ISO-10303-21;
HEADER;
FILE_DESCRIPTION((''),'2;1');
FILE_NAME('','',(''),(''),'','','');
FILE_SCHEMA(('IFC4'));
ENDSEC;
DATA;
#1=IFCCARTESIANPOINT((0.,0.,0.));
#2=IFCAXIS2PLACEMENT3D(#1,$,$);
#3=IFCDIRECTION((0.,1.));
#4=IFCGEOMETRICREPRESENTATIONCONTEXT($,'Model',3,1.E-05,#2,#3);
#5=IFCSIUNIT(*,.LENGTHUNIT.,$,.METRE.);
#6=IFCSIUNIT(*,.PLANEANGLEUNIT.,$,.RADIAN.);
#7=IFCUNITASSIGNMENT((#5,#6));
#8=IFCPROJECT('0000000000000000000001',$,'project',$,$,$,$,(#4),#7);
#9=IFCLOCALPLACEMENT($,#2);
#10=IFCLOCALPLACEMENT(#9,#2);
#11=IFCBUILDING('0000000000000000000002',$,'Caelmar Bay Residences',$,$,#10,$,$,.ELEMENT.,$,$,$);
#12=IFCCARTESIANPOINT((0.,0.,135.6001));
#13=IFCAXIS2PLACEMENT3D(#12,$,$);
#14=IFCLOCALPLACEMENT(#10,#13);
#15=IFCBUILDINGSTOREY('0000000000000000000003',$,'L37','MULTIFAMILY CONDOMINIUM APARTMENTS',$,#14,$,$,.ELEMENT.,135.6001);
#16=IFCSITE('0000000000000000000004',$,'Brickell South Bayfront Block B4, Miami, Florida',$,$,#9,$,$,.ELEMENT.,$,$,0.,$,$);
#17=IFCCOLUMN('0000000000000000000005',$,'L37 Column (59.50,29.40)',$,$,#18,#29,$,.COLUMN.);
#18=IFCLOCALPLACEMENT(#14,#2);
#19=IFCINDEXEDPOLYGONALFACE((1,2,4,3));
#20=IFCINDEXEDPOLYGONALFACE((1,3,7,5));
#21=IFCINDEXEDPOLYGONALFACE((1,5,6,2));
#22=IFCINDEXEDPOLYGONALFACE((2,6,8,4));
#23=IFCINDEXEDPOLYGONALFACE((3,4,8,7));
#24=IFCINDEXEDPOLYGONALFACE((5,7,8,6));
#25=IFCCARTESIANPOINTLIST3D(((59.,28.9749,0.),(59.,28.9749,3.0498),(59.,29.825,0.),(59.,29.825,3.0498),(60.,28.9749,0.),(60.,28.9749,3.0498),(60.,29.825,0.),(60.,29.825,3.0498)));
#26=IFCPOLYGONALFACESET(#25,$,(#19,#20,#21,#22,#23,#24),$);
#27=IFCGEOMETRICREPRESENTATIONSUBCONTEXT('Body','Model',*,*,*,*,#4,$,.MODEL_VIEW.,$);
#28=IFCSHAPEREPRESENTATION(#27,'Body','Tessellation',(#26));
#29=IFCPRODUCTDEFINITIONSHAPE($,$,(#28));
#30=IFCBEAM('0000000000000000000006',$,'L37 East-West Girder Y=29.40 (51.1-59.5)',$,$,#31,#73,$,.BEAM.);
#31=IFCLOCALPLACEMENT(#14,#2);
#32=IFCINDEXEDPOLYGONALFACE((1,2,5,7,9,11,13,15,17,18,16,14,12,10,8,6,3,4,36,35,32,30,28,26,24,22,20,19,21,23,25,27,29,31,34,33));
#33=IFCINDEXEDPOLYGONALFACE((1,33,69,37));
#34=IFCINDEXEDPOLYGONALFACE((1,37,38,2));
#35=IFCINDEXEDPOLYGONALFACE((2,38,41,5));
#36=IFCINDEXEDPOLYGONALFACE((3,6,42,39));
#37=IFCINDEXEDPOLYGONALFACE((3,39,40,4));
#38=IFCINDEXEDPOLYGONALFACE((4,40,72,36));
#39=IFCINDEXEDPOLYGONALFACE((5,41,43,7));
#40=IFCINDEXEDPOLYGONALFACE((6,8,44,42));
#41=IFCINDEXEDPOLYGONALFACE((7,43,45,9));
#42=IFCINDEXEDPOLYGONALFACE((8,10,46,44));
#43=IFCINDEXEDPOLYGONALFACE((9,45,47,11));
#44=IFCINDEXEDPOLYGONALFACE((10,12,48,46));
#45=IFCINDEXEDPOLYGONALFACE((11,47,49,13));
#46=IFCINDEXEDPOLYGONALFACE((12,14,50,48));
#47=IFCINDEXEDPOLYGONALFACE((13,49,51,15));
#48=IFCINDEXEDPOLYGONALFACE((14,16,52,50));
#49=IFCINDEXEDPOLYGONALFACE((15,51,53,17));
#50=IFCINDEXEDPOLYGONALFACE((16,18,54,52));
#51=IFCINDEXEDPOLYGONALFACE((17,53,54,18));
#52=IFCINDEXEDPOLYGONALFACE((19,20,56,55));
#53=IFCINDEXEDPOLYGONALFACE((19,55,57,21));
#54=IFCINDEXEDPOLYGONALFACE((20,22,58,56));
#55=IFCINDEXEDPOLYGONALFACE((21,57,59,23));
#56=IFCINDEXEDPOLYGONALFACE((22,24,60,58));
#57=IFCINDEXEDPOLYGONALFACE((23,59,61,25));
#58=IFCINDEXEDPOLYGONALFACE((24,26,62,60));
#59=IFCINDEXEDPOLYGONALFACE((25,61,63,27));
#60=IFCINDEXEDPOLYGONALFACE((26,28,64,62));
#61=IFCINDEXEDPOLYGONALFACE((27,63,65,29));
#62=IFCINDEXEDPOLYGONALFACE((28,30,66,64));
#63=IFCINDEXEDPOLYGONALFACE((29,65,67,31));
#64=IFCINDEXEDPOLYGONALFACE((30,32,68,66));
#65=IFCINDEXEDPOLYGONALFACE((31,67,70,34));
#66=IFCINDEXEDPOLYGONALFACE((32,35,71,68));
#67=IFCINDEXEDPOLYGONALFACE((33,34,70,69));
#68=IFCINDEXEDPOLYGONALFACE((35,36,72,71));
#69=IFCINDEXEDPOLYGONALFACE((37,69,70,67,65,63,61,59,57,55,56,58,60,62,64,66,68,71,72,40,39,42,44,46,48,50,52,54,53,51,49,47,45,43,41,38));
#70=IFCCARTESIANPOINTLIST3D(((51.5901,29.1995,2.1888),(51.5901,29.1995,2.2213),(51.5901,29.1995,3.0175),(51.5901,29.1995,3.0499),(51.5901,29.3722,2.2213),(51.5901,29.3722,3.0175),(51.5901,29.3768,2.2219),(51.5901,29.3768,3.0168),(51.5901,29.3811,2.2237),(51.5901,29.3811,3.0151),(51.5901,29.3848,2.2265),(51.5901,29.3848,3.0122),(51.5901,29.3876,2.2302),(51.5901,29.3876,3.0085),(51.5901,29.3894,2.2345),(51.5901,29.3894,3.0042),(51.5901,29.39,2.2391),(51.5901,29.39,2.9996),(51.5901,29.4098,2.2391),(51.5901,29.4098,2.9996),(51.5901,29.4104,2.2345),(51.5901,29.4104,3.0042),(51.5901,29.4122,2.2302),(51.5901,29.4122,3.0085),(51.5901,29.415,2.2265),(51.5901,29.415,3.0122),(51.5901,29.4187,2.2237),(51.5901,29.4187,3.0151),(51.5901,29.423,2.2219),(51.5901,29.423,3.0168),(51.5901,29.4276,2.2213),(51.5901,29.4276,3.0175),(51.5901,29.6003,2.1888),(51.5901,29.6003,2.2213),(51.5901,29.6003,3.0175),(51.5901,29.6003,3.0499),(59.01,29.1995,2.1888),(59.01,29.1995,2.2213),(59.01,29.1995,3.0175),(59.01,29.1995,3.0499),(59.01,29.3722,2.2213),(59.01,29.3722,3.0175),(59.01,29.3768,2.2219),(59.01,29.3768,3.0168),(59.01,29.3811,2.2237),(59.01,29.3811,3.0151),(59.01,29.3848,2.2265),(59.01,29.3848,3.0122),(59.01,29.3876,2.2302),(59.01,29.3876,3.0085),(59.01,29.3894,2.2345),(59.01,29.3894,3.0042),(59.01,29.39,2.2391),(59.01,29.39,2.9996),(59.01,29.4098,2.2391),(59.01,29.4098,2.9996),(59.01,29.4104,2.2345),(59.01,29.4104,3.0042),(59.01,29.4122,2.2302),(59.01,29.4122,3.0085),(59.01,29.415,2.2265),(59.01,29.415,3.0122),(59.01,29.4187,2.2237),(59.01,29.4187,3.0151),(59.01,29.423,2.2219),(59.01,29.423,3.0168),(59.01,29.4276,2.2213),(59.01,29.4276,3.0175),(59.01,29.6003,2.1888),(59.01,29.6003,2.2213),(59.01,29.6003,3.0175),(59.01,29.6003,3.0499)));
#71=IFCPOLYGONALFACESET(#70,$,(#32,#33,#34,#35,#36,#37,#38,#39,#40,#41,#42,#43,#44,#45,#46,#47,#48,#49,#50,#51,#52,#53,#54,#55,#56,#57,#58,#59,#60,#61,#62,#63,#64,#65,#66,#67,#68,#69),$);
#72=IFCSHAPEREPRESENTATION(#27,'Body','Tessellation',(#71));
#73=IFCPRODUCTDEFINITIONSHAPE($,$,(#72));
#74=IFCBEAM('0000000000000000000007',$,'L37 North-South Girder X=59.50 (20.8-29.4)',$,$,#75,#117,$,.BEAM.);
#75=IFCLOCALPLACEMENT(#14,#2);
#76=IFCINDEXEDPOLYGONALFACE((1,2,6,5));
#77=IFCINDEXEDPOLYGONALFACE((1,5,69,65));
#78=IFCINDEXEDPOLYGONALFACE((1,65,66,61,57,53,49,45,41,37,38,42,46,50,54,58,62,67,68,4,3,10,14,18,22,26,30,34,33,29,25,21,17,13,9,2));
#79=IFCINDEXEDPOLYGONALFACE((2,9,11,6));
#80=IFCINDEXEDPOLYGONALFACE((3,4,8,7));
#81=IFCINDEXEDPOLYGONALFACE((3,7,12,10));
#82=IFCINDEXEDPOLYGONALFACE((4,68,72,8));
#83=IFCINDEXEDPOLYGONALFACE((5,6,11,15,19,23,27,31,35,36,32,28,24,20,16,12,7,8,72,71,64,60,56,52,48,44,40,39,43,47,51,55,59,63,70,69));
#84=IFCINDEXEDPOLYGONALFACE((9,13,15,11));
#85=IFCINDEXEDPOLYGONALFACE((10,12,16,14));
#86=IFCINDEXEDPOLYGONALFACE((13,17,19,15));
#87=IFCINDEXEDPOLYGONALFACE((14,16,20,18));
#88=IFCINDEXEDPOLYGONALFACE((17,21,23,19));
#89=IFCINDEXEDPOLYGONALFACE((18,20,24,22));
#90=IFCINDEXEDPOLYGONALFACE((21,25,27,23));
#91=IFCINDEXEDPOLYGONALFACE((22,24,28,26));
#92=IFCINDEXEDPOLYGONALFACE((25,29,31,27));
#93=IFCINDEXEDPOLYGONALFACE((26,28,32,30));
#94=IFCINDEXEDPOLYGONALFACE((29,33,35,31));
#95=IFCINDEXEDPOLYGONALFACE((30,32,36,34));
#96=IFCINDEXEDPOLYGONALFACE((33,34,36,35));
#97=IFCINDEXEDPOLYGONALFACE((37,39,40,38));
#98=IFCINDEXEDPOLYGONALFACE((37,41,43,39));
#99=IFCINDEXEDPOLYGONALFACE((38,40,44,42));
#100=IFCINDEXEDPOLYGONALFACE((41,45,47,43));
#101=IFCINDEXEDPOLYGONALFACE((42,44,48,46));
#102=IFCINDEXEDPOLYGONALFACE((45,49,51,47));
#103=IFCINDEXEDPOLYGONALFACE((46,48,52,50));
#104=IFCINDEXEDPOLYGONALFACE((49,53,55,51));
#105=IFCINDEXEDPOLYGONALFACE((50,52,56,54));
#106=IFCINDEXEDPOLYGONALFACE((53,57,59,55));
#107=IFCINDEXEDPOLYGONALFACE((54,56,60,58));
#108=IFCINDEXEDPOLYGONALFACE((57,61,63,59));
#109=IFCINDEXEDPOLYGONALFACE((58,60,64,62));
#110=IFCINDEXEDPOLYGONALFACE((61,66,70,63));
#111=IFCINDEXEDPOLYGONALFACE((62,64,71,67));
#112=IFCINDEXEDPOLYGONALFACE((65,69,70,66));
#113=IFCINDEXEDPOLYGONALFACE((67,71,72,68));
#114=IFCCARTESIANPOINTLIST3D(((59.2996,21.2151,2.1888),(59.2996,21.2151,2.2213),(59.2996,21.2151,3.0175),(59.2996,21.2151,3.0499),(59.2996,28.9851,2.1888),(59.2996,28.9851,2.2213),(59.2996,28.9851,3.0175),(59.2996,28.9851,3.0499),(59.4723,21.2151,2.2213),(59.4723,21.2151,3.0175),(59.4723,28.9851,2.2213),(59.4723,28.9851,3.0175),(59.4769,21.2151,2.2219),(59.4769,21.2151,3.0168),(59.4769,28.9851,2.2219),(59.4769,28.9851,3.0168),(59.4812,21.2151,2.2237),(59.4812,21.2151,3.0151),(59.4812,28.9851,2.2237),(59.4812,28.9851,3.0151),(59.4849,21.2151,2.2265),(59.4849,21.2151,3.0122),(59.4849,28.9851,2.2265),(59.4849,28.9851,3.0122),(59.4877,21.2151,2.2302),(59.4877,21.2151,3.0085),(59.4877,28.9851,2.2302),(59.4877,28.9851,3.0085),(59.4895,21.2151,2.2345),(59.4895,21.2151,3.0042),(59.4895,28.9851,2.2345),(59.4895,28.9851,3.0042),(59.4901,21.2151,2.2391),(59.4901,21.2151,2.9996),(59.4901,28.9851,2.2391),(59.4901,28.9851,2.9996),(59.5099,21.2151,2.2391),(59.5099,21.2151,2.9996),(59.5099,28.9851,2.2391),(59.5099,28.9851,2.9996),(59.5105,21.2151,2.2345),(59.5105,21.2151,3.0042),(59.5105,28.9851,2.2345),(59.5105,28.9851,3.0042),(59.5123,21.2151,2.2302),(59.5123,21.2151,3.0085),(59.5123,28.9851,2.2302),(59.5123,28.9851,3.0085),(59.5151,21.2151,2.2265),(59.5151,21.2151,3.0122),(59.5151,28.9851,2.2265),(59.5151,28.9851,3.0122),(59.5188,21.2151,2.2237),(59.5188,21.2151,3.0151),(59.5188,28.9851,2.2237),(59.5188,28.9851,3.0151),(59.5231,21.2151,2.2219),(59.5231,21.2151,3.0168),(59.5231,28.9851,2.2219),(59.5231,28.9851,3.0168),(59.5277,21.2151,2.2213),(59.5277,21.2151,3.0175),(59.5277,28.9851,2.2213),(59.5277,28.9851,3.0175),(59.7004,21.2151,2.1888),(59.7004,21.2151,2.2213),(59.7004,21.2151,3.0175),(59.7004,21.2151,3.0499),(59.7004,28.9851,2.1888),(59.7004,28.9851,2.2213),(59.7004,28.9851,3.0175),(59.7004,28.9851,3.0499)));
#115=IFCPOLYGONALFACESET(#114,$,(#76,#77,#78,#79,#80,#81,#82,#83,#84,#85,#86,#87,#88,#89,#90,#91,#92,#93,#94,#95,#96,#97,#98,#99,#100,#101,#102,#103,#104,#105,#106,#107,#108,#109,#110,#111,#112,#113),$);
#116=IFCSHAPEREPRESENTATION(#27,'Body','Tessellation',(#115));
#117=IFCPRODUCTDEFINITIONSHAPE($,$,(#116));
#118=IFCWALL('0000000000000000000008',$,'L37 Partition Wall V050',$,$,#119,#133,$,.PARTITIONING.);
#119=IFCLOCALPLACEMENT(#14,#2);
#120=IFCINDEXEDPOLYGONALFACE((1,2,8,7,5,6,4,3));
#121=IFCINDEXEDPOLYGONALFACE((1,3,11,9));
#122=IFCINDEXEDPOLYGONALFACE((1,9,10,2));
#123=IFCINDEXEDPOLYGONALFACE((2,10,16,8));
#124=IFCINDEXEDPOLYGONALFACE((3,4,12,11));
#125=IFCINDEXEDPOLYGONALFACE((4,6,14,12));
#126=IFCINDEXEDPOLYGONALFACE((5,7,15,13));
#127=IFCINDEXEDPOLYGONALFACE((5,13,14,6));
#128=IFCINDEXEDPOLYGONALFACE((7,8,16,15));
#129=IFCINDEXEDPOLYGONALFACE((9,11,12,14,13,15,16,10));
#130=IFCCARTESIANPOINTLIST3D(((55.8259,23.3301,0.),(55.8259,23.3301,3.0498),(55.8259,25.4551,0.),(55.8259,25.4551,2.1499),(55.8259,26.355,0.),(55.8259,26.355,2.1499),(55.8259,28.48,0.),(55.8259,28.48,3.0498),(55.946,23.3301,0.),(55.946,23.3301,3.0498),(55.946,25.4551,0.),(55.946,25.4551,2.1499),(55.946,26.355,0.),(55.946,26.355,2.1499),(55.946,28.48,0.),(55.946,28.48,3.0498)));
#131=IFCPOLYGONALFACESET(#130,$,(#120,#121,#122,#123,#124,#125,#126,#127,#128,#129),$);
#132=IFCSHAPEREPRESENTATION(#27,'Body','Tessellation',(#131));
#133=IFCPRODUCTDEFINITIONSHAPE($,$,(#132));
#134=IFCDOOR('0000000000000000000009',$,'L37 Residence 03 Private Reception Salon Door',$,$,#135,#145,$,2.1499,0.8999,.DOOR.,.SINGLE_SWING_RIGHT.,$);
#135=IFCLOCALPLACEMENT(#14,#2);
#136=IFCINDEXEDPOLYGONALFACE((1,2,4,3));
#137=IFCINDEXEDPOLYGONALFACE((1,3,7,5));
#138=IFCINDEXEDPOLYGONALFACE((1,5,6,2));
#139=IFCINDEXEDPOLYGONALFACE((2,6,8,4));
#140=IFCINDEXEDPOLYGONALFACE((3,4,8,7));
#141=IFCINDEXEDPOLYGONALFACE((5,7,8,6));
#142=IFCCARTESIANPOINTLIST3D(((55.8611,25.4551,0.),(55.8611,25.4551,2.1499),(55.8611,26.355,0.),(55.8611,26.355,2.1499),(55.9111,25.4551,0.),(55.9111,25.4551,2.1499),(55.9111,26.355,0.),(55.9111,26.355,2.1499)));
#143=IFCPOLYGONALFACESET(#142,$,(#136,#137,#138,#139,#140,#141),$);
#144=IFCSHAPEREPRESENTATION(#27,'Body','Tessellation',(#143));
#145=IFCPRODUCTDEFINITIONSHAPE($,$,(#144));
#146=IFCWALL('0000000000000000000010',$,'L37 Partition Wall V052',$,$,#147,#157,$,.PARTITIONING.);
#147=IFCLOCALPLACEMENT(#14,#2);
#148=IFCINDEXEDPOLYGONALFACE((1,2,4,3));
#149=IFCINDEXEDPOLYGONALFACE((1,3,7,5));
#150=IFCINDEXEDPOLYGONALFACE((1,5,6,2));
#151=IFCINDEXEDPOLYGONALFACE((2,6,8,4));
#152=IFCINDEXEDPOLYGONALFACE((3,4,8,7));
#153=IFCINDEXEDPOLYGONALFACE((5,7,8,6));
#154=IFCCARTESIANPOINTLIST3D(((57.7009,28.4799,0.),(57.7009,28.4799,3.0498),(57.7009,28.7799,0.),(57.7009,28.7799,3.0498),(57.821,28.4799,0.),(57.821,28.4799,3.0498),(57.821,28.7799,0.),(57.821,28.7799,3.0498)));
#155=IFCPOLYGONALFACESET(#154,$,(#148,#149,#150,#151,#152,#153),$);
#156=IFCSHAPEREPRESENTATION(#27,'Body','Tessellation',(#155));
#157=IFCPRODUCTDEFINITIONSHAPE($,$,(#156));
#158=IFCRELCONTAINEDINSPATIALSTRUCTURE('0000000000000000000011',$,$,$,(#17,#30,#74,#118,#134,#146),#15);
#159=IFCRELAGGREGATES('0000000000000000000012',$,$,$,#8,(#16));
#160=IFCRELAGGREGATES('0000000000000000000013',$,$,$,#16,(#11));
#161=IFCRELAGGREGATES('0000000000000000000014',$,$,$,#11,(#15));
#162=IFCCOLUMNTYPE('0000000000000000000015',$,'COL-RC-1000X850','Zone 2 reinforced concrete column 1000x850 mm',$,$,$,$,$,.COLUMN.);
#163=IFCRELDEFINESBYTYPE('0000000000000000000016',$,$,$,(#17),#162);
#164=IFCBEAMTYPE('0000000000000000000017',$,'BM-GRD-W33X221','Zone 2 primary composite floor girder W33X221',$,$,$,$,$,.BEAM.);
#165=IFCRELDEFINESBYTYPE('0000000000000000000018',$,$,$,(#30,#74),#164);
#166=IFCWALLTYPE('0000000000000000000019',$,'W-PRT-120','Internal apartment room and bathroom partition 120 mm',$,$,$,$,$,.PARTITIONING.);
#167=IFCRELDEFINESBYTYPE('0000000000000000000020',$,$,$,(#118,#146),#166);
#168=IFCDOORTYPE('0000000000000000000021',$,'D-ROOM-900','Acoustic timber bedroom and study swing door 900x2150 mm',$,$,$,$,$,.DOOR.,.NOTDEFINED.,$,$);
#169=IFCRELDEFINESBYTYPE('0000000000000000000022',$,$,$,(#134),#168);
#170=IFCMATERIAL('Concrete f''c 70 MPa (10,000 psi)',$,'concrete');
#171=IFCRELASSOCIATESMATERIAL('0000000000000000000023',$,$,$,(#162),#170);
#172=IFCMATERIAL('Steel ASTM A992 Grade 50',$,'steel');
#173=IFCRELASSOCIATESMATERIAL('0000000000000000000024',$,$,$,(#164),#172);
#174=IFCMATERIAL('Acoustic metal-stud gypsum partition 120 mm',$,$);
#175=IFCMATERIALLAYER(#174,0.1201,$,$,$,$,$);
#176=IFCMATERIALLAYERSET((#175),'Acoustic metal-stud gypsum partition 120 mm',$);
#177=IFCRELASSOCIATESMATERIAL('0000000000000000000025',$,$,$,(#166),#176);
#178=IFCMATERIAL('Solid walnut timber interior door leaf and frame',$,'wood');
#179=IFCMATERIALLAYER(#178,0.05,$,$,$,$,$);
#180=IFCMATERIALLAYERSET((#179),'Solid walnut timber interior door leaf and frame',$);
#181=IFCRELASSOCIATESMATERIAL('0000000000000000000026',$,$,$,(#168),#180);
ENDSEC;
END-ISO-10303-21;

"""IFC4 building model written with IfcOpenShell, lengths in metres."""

from ifc_helpers import new_model, si_unit, direction, frame, frame_2d, origin, origin_2d, place, context, subcontext, project, spatial, rectangle, i_section, extrude, material, layer, layer_set, material_profile, profile_set, type_object, element, fill, save


model = new_model("IFC4")

# Units and contexts
model_context = context("Model", 3, precision=1e-05, world=origin(), true_north=direction((0.0, 1.0)))
body_context = subcontext(model_context, "Body", "Model", "MODEL_VIEW")
ifc_project = project(units=[si_unit("LENGTHUNIT", "METRE"), si_unit("PLANEANGLEUNIT", "RADIAN")], contexts=[model_context])

# Site, building, storey
site_placement = place(None, origin())
site = spatial("IfcSite", under=ifc_project, at=site_placement, Name="Brickell South Bayfront Block B4, Miami, Florida", CompositionType="ELEMENT", RefElevation=0.0)
building_placement = place(site_placement, origin())
building = spatial("IfcBuilding", under=site, at=building_placement, Name="Caelmar Bay Residences", CompositionType="ELEMENT")
storey_placement = place(building_placement, frame((0.0, 0.0, 135.6001)))
storey = spatial("IfcBuildingStorey", under=building, at=storey_placement, Name="L37", Description="MULTIFAMILY CONDOMINIUM APARTMENTS", CompositionType="ELEMENT", Elevation=135.6001)

# Column
ifc_material_1 = material(Name="Concrete f'c 70 MPa (10,000 psi)", Category="concrete")
ifc_material_profile_1 = material_profile(ifc_material_1, rectangle(XDim=1.0, YDim=0.8501, at=origin_2d()), Name="RC-COL-1000X850")
ifc_profile_set_1 = profile_set([ifc_material_profile_1], Name="Concrete f'c 70 MPa (10,000 psi)")
column_type = type_object("IfcColumnType", Name="COL-RC-1000X850", Description="Zone 2 reinforced concrete column 1000x850 mm", PredefinedType="COLUMN", material=ifc_profile_set_1)
column_placement = place(storey_placement, frame((59.5, 29.3999, 0.0), z_axis=(0.0, 0.0, 1.0), x_axis=(1.0, 0.0, 0.0)))
element("IfcColumn", 1, at=column_placement, inside=storey, type_object=column_type, Name="L37 Column (59.50,29.40)", PredefinedType="COLUMN", context=body_context, shape_type="SweptSolid", body=[
    extrude(rectangle(XDim=1.0, YDim=0.8501, at=origin_2d()), origin(), (0.0, 0.0, 1.0), 3.0498),
])

# Beams
ifc_material_2 = material(Name="Steel ASTM A992 Grade 50", Category="steel")
ifc_material_profile_2 = material_profile(ifc_material_2, i_section(OverallWidth=0.4009, OverallDepth=0.8611, WebThickness=0.0198, FlangeThickness=0.0325, FilletRadius=0.0178, at=origin_2d()), Name="W33X221")
ifc_profile_set_2 = profile_set([ifc_material_profile_2], Name="Steel ASTM A992 Grade 50")
beam_type = type_object("IfcBeamType", Name="BM-GRD-W33X221", Description="Zone 2 primary composite floor girder W33X221", PredefinedType="BEAM", material=ifc_profile_set_2)
beam_1_placement = place(storey_placement, frame((51.5901, 29.3999, 2.6194), z_axis=(1.0, 0.0, 0.0), x_axis=(0.0, 1.0, 0.0)))
element("IfcBeam", 2, at=beam_1_placement, inside=storey, type_object=beam_type, Name="L37 East-West Girder Y=29.40 (51.1-59.5)", PredefinedType="BEAM", context=body_context, shape_type="SweptSolid", body=[
    extrude(i_section(OverallWidth=0.4009, OverallDepth=0.8611, WebThickness=0.0198, FlangeThickness=0.0325, FilletRadius=0.0178, at=origin_2d()), origin(), (0.0, 0.0, 1.0), 7.4199),
])
beam_2_placement = place(storey_placement, frame((59.5, 21.2151, 2.6194), z_axis=(0.0, 1.0, 0.0), x_axis=(-1.0, 0.0, 0.0)))
element("IfcBeam", 3, at=beam_2_placement, inside=storey, type_object=beam_type, Name="L37 North-South Girder X=59.50 (20.8-29.4)", PredefinedType="BEAM", context=body_context, shape_type="SweptSolid", body=[
    extrude(i_section(OverallWidth=0.4009, OverallDepth=0.8611, WebThickness=0.0198, FlangeThickness=0.0325, FilletRadius=0.0178, at=origin_2d()), origin(), (0.0, 0.0, 1.0), 7.77),
])

# Wall, opening, door
ifc_material_3 = material(Name="Acoustic metal-stud gypsum partition 120 mm")
ifc_layer_1 = layer(ifc_material_3, 0.1201)
ifc_layer_set_1 = layer_set([ifc_layer_1], Name="Acoustic metal-stud gypsum partition 120 mm")
wall_type_1 = type_object("IfcWallType", Name="W-PRT-120", Description="Internal apartment room and bathroom partition 120 mm", PredefinedType="PARTITIONING", material=ifc_layer_set_1)
wall_1_placement = place(storey_placement, frame((55.886, 23.3301, 0.0), z_axis=(0.0, 0.0, 1.0), x_axis=(0.0, 1.0, 0.0)))
wall_1 = element("IfcWall", 4, at=wall_1_placement, inside=storey, type_object=wall_type_1, Name="L37 Partition Wall V050", PredefinedType="PARTITIONING", context=body_context, shape_type="SweptSolid", body=[
    extrude(rectangle(XDim=5.1499, YDim=0.1201, at=frame_2d((2.575, 0.0))), origin(), (0.0, 0.0, 1.0), 3.0498),
])
opening_1_placement = place(wall_1_placement, frame((2.125, 0.0, 0.0)))
opening_1 = element("IfcOpeningElement", 5, at=opening_1_placement, cuts=wall_1, PredefinedType="OPENING", context=body_context, shape_type="SweptSolid", body=[
    extrude(rectangle(XDim=0.8999, YDim=2.1499, at=frame_2d((0.45, 1.075))), frame((0.0, 0.0701, 0.0), z_axis=(0.0, -1.0, 0.0), x_axis=(1.0, 0.0, 0.0)), (0.0, 0.0, 1.0), 0.1401),
])
ifc_material_4 = material(Name="Solid walnut timber interior door leaf and frame", Category="wood")
ifc_layer_2 = layer(ifc_material_4, 0.05)
ifc_layer_set_2 = layer_set([ifc_layer_2], Name="Solid walnut timber interior door leaf and frame")
door_type_1 = type_object("IfcDoorType", Name="D-ROOM-900", Description="Acoustic timber bedroom and study swing door 900x2150 mm", OperationType="NOTDEFINED", PredefinedType="DOOR", material=ifc_layer_set_2)
door_1_placement = place(opening_1_placement, origin())
door_1 = element("IfcDoor", 6, at=door_1_placement, inside=storey, type_object=door_type_1, Name="L37 Residence 03 Private Reception Salon Door", OperationType="SINGLE_SWING_RIGHT", OverallHeight=2.1499, OverallWidth=0.8999, PredefinedType="DOOR", context=body_context, shape_type="SweptSolid", body=[
    extrude(rectangle(XDim=0.8999, YDim=2.1499, at=frame_2d((0.45, 1.075))), frame((0.0, 0.0249, 0.0), z_axis=(0.0, -1.0, 0.0), x_axis=(1.0, 0.0, 0.0)), (0.0, 0.0, 1.0), 0.05),
])
fill(opening_1, door_1)

# Wall
wall_2_placement = place(storey_placement, frame((57.761, 28.48, 0.0), z_axis=(0.0, 0.0, 1.0), x_axis=(0.0, 1.0, 0.0)))
element("IfcWall", 7, at=wall_2_placement, inside=storey, type_object=wall_type_1, Name="L37 Partition Wall V052", PredefinedType="PARTITIONING", context=body_context, shape_type="SweptSolid", body=[
    extrude(rectangle(XDim=0.3, YDim=0.1201, at=frame_2d((0.1499, 0.0))), origin(), (0.0, 0.0, 1.0), 3.0498),
])

save(model, "model.ifc")
